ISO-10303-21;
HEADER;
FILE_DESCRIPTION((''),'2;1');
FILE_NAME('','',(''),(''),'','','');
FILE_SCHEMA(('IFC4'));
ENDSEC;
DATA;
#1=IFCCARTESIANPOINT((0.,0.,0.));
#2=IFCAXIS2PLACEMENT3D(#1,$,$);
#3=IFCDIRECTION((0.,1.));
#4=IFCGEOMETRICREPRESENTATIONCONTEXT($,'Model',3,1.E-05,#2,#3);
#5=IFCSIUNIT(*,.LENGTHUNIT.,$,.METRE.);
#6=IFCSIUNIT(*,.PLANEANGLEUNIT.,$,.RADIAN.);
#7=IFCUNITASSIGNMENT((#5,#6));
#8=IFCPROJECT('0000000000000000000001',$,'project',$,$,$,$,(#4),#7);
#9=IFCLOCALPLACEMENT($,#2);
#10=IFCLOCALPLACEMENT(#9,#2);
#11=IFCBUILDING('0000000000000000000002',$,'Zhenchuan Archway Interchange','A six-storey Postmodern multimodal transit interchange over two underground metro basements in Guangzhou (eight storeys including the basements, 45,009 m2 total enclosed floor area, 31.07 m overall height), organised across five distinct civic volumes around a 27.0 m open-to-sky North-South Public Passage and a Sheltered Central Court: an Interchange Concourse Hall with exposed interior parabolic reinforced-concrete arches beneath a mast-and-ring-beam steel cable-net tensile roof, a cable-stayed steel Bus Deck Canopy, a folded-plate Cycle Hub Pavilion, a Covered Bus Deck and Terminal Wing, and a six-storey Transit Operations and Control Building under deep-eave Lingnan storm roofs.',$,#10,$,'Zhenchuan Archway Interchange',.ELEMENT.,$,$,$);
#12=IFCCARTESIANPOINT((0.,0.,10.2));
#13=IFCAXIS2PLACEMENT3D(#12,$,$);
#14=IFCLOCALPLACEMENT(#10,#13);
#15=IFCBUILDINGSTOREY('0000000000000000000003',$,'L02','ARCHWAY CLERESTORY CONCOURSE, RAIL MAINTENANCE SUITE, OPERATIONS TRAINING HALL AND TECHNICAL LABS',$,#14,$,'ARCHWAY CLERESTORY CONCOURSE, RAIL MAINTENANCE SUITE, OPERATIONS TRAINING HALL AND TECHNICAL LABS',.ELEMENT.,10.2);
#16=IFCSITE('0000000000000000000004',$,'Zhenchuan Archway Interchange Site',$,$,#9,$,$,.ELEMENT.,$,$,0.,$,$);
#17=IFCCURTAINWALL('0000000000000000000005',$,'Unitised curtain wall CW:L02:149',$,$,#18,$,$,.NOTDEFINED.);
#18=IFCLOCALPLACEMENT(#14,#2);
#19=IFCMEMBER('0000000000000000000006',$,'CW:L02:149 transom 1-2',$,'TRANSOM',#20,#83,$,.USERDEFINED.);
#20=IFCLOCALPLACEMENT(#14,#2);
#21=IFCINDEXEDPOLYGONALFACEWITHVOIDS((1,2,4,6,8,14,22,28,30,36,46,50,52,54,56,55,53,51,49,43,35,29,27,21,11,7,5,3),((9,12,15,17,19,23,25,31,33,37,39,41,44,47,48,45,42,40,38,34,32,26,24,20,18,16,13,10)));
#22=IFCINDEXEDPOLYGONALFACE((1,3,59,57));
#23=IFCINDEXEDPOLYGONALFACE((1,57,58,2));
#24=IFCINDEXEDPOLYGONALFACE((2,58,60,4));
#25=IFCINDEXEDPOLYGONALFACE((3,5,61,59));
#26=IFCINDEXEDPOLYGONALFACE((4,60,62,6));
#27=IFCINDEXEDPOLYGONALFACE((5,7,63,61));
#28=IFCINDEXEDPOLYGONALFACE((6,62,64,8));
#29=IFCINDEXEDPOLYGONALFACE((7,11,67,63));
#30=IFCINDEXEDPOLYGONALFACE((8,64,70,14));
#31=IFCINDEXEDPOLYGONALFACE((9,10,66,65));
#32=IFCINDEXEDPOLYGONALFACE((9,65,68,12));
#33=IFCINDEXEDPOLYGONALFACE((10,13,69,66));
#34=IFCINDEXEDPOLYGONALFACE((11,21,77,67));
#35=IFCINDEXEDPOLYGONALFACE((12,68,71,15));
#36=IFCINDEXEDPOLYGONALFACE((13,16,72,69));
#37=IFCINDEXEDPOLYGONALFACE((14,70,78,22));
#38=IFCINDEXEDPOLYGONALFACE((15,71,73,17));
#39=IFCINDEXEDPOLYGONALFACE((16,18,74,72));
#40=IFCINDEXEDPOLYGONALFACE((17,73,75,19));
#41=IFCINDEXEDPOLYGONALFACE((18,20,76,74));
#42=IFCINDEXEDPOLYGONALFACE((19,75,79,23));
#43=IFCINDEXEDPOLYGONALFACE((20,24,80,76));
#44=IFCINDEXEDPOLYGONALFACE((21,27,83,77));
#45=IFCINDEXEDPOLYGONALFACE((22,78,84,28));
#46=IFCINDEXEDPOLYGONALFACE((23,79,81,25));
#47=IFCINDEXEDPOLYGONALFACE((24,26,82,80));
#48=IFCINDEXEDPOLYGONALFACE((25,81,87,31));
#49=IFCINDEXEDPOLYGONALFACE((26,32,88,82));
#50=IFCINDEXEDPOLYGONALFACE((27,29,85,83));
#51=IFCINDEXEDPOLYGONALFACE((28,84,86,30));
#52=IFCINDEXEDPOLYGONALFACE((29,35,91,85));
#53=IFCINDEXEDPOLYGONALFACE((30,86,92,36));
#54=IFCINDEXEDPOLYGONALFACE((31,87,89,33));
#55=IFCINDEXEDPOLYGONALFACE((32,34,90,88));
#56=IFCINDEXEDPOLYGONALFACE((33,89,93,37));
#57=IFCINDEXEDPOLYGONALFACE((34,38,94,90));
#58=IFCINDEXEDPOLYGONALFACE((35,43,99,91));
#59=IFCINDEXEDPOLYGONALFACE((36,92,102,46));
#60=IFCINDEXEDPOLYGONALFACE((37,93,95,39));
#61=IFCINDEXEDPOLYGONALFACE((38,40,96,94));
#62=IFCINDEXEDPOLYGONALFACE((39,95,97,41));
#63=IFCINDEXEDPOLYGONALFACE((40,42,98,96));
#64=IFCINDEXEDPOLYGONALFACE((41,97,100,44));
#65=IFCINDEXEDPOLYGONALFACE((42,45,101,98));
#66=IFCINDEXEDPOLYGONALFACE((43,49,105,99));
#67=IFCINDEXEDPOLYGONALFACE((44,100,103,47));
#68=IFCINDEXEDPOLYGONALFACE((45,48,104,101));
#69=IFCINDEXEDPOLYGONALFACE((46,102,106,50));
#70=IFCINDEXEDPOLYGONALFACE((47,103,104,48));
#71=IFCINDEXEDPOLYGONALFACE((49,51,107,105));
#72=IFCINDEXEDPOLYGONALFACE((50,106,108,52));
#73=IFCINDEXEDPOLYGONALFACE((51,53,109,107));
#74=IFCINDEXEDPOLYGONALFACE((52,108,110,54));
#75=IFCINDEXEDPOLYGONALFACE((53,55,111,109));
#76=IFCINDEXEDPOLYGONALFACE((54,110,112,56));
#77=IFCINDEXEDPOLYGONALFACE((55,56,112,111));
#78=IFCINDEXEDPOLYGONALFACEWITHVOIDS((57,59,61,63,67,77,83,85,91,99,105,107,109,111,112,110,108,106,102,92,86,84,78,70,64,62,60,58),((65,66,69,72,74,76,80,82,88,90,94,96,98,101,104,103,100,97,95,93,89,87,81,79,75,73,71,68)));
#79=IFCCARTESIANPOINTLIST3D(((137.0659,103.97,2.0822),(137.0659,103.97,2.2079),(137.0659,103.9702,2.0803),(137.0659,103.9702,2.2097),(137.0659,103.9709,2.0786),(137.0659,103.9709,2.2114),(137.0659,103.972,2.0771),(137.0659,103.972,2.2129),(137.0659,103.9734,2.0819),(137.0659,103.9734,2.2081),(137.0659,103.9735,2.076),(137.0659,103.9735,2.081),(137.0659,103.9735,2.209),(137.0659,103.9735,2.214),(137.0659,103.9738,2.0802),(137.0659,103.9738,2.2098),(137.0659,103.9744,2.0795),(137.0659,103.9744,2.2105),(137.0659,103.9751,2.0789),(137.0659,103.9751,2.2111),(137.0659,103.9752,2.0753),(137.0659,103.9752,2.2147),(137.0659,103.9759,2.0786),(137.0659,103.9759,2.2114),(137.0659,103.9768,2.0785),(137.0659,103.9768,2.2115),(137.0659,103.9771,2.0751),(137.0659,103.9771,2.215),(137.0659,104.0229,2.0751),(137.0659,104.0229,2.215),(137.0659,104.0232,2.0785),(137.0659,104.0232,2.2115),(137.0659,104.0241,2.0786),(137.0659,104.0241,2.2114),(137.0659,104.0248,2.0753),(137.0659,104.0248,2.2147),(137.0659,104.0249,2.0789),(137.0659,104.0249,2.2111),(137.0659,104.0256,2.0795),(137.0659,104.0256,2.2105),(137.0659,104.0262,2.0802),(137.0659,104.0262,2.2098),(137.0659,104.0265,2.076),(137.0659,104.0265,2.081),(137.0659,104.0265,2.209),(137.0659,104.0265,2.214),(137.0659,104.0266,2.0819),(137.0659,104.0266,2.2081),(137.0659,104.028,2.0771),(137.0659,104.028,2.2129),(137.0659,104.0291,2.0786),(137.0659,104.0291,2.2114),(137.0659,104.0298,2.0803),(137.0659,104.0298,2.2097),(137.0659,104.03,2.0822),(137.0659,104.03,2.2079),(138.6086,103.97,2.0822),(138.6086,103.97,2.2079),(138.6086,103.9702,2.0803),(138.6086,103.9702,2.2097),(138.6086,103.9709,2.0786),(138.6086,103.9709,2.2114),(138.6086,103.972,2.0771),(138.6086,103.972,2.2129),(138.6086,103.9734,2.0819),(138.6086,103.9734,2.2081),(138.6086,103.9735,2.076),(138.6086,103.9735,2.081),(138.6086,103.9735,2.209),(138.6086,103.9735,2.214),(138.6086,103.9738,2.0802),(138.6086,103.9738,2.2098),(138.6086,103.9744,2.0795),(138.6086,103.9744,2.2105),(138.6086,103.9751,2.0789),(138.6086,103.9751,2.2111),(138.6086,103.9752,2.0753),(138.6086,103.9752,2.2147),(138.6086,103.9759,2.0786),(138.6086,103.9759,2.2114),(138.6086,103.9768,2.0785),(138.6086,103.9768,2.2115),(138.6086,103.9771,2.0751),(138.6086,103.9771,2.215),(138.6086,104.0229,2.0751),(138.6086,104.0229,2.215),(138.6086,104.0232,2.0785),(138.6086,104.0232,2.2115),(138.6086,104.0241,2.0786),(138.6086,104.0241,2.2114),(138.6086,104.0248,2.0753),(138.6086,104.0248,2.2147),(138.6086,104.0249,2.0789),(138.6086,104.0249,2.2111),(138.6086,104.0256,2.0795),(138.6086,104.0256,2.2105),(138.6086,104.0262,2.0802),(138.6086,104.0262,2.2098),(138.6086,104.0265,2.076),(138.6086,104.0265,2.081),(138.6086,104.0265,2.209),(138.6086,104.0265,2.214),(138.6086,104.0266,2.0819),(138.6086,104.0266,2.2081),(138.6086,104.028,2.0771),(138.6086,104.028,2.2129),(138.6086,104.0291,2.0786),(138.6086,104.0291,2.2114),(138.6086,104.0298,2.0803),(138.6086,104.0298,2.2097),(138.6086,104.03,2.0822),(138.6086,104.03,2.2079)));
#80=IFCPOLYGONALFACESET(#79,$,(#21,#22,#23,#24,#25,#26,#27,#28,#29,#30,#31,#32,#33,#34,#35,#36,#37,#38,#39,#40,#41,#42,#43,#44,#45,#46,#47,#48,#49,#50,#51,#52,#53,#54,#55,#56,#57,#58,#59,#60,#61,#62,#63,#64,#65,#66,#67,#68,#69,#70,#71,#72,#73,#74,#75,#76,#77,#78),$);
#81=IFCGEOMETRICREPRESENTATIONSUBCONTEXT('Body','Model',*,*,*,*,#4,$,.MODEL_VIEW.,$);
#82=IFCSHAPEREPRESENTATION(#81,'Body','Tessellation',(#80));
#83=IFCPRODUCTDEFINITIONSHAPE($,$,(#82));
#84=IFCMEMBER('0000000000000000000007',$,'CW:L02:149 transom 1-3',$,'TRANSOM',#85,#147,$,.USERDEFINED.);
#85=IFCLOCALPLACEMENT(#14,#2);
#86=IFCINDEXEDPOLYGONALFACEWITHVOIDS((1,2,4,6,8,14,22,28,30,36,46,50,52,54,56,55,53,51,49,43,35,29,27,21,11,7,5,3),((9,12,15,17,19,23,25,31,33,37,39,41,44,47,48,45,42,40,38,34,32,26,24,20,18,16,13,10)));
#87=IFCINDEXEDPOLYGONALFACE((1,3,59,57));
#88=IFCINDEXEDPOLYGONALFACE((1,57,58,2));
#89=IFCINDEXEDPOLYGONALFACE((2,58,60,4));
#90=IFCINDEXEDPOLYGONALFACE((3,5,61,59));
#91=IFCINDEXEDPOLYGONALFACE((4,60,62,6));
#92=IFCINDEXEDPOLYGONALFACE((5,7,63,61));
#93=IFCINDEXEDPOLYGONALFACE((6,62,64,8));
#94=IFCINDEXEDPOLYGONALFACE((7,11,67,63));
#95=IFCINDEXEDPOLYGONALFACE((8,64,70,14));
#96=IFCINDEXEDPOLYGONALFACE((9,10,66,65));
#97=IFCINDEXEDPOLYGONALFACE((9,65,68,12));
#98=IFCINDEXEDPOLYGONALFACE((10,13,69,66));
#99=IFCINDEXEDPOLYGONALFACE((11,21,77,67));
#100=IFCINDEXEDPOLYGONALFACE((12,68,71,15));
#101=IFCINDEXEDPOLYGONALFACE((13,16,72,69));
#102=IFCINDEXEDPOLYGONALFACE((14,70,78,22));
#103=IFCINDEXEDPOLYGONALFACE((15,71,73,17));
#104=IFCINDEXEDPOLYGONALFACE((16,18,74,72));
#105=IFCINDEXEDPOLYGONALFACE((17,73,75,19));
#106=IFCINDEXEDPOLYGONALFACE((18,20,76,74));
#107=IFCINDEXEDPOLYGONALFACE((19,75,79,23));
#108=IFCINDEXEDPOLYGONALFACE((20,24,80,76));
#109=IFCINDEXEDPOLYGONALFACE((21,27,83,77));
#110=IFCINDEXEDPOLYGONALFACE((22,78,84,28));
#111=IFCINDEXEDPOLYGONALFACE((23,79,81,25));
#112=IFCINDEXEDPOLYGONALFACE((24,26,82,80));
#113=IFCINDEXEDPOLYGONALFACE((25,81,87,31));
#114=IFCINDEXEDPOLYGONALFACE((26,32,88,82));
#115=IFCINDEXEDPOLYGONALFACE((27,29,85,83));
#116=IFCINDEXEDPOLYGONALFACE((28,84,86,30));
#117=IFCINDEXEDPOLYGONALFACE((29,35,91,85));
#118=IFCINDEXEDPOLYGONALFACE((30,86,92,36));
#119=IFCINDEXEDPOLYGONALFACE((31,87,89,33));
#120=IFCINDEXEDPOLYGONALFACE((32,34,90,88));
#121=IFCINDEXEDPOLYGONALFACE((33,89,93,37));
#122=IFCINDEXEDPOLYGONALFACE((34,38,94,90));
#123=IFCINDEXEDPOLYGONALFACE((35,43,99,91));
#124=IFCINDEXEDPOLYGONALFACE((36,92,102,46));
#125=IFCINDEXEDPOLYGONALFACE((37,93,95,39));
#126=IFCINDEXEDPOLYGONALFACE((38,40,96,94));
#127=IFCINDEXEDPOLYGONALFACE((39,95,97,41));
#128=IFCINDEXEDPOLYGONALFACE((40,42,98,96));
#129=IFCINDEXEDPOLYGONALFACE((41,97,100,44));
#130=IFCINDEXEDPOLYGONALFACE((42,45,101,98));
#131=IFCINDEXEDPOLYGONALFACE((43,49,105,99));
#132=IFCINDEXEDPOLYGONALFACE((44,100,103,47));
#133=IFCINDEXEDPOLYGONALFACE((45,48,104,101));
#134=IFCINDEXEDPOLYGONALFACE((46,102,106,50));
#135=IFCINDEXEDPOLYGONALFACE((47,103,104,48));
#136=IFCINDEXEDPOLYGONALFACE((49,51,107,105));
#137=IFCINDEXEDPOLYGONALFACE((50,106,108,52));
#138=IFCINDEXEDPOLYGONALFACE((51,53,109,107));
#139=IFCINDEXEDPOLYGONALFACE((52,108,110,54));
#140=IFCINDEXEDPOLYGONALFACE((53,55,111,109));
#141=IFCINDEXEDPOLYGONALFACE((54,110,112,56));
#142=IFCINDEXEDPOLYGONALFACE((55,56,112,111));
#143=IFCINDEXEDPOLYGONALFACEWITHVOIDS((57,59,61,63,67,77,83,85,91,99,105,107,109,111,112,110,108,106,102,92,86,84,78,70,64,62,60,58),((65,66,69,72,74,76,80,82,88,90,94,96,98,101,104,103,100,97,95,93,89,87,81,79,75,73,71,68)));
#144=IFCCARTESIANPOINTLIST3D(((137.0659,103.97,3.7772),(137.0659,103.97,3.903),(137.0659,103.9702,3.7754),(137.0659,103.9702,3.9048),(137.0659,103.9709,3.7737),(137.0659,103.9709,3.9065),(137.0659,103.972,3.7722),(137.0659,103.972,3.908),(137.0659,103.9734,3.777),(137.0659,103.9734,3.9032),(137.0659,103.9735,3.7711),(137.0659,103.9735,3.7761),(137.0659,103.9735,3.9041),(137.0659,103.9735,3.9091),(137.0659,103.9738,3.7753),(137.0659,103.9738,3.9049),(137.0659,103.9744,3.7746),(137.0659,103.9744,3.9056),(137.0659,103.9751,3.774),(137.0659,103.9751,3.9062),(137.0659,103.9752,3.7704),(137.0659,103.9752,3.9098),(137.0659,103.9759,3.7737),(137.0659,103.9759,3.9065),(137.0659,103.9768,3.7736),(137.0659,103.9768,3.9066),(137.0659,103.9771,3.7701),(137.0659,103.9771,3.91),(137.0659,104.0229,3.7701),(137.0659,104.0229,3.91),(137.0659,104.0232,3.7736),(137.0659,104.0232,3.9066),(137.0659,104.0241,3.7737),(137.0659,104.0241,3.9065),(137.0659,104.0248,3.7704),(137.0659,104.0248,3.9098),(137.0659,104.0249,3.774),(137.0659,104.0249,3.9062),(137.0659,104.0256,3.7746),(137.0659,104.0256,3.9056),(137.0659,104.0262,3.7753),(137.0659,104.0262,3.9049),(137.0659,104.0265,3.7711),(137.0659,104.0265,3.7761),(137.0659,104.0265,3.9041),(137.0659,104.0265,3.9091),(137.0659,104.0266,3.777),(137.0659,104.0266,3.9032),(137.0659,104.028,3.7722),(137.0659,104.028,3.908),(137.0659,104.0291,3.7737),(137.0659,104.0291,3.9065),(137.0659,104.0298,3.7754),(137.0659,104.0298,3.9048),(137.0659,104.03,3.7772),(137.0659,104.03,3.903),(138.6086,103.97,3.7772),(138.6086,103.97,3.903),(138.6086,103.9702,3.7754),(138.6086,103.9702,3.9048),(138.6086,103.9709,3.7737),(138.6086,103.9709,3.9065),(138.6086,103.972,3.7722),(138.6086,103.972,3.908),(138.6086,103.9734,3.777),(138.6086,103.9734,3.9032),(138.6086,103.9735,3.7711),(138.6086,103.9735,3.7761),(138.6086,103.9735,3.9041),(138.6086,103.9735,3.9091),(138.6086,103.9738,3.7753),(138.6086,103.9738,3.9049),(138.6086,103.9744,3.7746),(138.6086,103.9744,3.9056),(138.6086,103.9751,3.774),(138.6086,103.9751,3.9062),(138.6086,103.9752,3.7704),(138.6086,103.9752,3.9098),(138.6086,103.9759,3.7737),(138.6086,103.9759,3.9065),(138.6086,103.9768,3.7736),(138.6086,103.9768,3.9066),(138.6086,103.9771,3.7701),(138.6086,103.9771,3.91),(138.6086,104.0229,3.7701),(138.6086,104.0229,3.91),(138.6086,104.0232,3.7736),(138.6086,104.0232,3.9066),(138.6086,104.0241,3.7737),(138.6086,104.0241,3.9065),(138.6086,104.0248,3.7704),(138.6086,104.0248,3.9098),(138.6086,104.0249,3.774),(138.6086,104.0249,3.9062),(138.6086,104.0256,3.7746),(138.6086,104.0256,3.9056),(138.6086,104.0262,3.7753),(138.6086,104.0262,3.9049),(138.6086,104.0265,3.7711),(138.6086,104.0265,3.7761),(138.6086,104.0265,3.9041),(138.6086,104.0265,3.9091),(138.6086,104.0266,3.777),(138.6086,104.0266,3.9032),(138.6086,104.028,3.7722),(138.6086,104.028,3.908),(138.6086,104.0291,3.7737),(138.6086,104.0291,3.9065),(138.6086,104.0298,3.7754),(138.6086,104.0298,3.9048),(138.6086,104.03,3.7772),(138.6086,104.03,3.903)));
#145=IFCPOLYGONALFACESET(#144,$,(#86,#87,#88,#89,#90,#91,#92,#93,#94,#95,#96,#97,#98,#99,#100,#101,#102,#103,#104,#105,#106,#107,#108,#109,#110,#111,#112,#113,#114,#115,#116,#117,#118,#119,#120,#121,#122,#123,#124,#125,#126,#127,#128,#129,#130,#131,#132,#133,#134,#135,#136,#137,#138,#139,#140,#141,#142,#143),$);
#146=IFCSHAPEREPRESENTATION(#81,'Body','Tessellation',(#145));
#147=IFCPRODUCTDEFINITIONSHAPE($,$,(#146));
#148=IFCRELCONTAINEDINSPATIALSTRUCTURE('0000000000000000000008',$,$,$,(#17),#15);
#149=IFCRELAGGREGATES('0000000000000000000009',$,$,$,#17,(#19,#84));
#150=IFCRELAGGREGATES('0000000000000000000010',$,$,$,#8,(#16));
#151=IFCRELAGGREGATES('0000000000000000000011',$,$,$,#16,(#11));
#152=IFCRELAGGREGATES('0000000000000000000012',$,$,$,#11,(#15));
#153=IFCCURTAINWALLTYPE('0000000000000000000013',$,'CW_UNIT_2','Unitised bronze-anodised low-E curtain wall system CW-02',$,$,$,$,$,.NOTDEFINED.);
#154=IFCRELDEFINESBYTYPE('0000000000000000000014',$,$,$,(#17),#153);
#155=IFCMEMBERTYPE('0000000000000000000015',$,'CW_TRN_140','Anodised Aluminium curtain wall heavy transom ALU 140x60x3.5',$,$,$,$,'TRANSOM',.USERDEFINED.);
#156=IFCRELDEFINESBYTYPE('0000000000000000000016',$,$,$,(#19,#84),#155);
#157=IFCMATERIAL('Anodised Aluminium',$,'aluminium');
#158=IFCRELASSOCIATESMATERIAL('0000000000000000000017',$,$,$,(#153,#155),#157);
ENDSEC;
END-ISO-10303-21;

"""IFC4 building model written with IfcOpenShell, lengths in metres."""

from ifc_helpers import new_model, si_unit, direction, frame, origin, origin_2d, place, context, subcontext, project, spatial, hollow_rectangle, extrude, material, material_profile, profile_set, type_object, element, aggregate, save


model = new_model("IFC4")

# Units and contexts
model_context = context("Model", 3, precision=1e-05, world=origin(), true_north=direction((0.0, 1.0)))
body_context = subcontext(model_context, "Body", "Model", "MODEL_VIEW")
ifc_project = project(units=[si_unit("LENGTHUNIT", "METRE"), si_unit("PLANEANGLEUNIT", "RADIAN")], contexts=[model_context])

# Site, building, storey
site_placement = place(None, origin())
site = spatial("IfcSite", under=ifc_project, at=site_placement, Name="Zhenchuan Archway Interchange Site", CompositionType="ELEMENT", RefElevation=0.0)
building_placement = place(site_placement, origin())
building = spatial("IfcBuilding", under=site, at=building_placement, Name="Zhenchuan Archway Interchange", Description="A six-storey Postmodern multimodal transit interchange over two underground metro basements in Guangzhou (eight storeys including the basements, 45,009 m2 total enclosed floor area, 31.07 m overall height), organised across five distinct civic volumes around a 27.0 m open-to-sky North-South Public Passage and a Sheltered Central Court: an Interchange Concourse Hall with exposed interior parabolic reinforced-concrete arches beneath a mast-and-ring-beam steel cable-net tensile roof, a cable-stayed steel Bus Deck Canopy, a folded-plate Cycle Hub Pavilion, a Covered Bus Deck and Terminal Wing, and a six-storey Transit Operations and Control Building under deep-eave Lingnan storm roofs.", LongName="Zhenchuan Archway Interchange", CompositionType="ELEMENT")
storey_placement = place(building_placement, frame((0.0, 0.0, 10.2)))
storey = spatial("IfcBuildingStorey", under=building, at=storey_placement, Name="L02", Description="ARCHWAY CLERESTORY CONCOURSE, RAIL MAINTENANCE SUITE, OPERATIONS TRAINING HALL AND TECHNICAL LABS", LongName="ARCHWAY CLERESTORY CONCOURSE, RAIL MAINTENANCE SUITE, OPERATIONS TRAINING HALL AND TECHNICAL LABS", CompositionType="ELEMENT", Elevation=10.2)

# Curtain wall, members
ifc_material_1 = material(Name="Anodised Aluminium", Category="aluminium")
curtain_wall_type = type_object("IfcCurtainWallType", Name="CW_UNIT_2", Description="Unitised bronze-anodised low-E curtain wall system CW-02", PredefinedType="NOTDEFINED", material=ifc_material_1)
curtain_wall_placement = place(storey_placement, origin())
curtain_wall = element("IfcCurtainWall", 1, at=curtain_wall_placement, inside=storey, type_object=curtain_wall_type, Name="Unitised curtain wall CW:L02:149", PredefinedType="NOTDEFINED")
ifc_material_profile_1 = material_profile(ifc_material_1, hollow_rectangle(XDim=0.0601, YDim=0.1399, WallThickness=0.0034, InnerFilletRadius=0.0034, OuterFilletRadius=0.0071, at=origin_2d()), Name="ALU 140x60x3.5")
ifc_profile_set_1 = profile_set([ifc_material_profile_1], Name="Anodised Aluminium")
member_type_1 = type_object("IfcMemberType", Name="CW_TRN_140", Description="Anodised Aluminium curtain wall heavy transom ALU 140x60x3.5", ElementType="TRANSOM", PredefinedType="USERDEFINED", material=ifc_profile_set_1)
member_1_placement = place(storey_placement, frame((137.0659, 104.0, 2.145), z_axis=(1.0, 0.0, 0.0), x_axis=(0.0, 1.0, 0.0)))
member_1 = element("IfcMember", 2, at=member_1_placement, type_object=member_type_1, Name="CW:L02:149 transom 1-2", ObjectType="TRANSOM", PredefinedType="USERDEFINED", context=body_context, shape_type="SweptSolid", body=[
    extrude(hollow_rectangle(XDim=0.0601, YDim=0.1399, WallThickness=0.0034, InnerFilletRadius=0.0034, OuterFilletRadius=0.0071, at=origin_2d()), origin(), (0.0, 0.0, 1.0), 1.5427),
])
member_2_placement = place(storey_placement, frame((137.0659, 104.0, 3.8401), z_axis=(1.0, 0.0, 0.0), x_axis=(0.0, 1.0, 0.0)))
member_2 = element("IfcMember", 3, at=member_2_placement, type_object=member_type_1, Name="CW:L02:149 transom 1-3", ObjectType="TRANSOM", PredefinedType="USERDEFINED", context=body_context, shape_type="SweptSolid", body=[
    extrude(hollow_rectangle(XDim=0.0601, YDim=0.1399, WallThickness=0.0034, InnerFilletRadius=0.0034, OuterFilletRadius=0.0071, at=origin_2d()), origin(), (0.0, 0.0, 1.0), 1.5427),
])

aggregate(curtain_wall, [member_1, member_2])

save(model, "model.ifc")
